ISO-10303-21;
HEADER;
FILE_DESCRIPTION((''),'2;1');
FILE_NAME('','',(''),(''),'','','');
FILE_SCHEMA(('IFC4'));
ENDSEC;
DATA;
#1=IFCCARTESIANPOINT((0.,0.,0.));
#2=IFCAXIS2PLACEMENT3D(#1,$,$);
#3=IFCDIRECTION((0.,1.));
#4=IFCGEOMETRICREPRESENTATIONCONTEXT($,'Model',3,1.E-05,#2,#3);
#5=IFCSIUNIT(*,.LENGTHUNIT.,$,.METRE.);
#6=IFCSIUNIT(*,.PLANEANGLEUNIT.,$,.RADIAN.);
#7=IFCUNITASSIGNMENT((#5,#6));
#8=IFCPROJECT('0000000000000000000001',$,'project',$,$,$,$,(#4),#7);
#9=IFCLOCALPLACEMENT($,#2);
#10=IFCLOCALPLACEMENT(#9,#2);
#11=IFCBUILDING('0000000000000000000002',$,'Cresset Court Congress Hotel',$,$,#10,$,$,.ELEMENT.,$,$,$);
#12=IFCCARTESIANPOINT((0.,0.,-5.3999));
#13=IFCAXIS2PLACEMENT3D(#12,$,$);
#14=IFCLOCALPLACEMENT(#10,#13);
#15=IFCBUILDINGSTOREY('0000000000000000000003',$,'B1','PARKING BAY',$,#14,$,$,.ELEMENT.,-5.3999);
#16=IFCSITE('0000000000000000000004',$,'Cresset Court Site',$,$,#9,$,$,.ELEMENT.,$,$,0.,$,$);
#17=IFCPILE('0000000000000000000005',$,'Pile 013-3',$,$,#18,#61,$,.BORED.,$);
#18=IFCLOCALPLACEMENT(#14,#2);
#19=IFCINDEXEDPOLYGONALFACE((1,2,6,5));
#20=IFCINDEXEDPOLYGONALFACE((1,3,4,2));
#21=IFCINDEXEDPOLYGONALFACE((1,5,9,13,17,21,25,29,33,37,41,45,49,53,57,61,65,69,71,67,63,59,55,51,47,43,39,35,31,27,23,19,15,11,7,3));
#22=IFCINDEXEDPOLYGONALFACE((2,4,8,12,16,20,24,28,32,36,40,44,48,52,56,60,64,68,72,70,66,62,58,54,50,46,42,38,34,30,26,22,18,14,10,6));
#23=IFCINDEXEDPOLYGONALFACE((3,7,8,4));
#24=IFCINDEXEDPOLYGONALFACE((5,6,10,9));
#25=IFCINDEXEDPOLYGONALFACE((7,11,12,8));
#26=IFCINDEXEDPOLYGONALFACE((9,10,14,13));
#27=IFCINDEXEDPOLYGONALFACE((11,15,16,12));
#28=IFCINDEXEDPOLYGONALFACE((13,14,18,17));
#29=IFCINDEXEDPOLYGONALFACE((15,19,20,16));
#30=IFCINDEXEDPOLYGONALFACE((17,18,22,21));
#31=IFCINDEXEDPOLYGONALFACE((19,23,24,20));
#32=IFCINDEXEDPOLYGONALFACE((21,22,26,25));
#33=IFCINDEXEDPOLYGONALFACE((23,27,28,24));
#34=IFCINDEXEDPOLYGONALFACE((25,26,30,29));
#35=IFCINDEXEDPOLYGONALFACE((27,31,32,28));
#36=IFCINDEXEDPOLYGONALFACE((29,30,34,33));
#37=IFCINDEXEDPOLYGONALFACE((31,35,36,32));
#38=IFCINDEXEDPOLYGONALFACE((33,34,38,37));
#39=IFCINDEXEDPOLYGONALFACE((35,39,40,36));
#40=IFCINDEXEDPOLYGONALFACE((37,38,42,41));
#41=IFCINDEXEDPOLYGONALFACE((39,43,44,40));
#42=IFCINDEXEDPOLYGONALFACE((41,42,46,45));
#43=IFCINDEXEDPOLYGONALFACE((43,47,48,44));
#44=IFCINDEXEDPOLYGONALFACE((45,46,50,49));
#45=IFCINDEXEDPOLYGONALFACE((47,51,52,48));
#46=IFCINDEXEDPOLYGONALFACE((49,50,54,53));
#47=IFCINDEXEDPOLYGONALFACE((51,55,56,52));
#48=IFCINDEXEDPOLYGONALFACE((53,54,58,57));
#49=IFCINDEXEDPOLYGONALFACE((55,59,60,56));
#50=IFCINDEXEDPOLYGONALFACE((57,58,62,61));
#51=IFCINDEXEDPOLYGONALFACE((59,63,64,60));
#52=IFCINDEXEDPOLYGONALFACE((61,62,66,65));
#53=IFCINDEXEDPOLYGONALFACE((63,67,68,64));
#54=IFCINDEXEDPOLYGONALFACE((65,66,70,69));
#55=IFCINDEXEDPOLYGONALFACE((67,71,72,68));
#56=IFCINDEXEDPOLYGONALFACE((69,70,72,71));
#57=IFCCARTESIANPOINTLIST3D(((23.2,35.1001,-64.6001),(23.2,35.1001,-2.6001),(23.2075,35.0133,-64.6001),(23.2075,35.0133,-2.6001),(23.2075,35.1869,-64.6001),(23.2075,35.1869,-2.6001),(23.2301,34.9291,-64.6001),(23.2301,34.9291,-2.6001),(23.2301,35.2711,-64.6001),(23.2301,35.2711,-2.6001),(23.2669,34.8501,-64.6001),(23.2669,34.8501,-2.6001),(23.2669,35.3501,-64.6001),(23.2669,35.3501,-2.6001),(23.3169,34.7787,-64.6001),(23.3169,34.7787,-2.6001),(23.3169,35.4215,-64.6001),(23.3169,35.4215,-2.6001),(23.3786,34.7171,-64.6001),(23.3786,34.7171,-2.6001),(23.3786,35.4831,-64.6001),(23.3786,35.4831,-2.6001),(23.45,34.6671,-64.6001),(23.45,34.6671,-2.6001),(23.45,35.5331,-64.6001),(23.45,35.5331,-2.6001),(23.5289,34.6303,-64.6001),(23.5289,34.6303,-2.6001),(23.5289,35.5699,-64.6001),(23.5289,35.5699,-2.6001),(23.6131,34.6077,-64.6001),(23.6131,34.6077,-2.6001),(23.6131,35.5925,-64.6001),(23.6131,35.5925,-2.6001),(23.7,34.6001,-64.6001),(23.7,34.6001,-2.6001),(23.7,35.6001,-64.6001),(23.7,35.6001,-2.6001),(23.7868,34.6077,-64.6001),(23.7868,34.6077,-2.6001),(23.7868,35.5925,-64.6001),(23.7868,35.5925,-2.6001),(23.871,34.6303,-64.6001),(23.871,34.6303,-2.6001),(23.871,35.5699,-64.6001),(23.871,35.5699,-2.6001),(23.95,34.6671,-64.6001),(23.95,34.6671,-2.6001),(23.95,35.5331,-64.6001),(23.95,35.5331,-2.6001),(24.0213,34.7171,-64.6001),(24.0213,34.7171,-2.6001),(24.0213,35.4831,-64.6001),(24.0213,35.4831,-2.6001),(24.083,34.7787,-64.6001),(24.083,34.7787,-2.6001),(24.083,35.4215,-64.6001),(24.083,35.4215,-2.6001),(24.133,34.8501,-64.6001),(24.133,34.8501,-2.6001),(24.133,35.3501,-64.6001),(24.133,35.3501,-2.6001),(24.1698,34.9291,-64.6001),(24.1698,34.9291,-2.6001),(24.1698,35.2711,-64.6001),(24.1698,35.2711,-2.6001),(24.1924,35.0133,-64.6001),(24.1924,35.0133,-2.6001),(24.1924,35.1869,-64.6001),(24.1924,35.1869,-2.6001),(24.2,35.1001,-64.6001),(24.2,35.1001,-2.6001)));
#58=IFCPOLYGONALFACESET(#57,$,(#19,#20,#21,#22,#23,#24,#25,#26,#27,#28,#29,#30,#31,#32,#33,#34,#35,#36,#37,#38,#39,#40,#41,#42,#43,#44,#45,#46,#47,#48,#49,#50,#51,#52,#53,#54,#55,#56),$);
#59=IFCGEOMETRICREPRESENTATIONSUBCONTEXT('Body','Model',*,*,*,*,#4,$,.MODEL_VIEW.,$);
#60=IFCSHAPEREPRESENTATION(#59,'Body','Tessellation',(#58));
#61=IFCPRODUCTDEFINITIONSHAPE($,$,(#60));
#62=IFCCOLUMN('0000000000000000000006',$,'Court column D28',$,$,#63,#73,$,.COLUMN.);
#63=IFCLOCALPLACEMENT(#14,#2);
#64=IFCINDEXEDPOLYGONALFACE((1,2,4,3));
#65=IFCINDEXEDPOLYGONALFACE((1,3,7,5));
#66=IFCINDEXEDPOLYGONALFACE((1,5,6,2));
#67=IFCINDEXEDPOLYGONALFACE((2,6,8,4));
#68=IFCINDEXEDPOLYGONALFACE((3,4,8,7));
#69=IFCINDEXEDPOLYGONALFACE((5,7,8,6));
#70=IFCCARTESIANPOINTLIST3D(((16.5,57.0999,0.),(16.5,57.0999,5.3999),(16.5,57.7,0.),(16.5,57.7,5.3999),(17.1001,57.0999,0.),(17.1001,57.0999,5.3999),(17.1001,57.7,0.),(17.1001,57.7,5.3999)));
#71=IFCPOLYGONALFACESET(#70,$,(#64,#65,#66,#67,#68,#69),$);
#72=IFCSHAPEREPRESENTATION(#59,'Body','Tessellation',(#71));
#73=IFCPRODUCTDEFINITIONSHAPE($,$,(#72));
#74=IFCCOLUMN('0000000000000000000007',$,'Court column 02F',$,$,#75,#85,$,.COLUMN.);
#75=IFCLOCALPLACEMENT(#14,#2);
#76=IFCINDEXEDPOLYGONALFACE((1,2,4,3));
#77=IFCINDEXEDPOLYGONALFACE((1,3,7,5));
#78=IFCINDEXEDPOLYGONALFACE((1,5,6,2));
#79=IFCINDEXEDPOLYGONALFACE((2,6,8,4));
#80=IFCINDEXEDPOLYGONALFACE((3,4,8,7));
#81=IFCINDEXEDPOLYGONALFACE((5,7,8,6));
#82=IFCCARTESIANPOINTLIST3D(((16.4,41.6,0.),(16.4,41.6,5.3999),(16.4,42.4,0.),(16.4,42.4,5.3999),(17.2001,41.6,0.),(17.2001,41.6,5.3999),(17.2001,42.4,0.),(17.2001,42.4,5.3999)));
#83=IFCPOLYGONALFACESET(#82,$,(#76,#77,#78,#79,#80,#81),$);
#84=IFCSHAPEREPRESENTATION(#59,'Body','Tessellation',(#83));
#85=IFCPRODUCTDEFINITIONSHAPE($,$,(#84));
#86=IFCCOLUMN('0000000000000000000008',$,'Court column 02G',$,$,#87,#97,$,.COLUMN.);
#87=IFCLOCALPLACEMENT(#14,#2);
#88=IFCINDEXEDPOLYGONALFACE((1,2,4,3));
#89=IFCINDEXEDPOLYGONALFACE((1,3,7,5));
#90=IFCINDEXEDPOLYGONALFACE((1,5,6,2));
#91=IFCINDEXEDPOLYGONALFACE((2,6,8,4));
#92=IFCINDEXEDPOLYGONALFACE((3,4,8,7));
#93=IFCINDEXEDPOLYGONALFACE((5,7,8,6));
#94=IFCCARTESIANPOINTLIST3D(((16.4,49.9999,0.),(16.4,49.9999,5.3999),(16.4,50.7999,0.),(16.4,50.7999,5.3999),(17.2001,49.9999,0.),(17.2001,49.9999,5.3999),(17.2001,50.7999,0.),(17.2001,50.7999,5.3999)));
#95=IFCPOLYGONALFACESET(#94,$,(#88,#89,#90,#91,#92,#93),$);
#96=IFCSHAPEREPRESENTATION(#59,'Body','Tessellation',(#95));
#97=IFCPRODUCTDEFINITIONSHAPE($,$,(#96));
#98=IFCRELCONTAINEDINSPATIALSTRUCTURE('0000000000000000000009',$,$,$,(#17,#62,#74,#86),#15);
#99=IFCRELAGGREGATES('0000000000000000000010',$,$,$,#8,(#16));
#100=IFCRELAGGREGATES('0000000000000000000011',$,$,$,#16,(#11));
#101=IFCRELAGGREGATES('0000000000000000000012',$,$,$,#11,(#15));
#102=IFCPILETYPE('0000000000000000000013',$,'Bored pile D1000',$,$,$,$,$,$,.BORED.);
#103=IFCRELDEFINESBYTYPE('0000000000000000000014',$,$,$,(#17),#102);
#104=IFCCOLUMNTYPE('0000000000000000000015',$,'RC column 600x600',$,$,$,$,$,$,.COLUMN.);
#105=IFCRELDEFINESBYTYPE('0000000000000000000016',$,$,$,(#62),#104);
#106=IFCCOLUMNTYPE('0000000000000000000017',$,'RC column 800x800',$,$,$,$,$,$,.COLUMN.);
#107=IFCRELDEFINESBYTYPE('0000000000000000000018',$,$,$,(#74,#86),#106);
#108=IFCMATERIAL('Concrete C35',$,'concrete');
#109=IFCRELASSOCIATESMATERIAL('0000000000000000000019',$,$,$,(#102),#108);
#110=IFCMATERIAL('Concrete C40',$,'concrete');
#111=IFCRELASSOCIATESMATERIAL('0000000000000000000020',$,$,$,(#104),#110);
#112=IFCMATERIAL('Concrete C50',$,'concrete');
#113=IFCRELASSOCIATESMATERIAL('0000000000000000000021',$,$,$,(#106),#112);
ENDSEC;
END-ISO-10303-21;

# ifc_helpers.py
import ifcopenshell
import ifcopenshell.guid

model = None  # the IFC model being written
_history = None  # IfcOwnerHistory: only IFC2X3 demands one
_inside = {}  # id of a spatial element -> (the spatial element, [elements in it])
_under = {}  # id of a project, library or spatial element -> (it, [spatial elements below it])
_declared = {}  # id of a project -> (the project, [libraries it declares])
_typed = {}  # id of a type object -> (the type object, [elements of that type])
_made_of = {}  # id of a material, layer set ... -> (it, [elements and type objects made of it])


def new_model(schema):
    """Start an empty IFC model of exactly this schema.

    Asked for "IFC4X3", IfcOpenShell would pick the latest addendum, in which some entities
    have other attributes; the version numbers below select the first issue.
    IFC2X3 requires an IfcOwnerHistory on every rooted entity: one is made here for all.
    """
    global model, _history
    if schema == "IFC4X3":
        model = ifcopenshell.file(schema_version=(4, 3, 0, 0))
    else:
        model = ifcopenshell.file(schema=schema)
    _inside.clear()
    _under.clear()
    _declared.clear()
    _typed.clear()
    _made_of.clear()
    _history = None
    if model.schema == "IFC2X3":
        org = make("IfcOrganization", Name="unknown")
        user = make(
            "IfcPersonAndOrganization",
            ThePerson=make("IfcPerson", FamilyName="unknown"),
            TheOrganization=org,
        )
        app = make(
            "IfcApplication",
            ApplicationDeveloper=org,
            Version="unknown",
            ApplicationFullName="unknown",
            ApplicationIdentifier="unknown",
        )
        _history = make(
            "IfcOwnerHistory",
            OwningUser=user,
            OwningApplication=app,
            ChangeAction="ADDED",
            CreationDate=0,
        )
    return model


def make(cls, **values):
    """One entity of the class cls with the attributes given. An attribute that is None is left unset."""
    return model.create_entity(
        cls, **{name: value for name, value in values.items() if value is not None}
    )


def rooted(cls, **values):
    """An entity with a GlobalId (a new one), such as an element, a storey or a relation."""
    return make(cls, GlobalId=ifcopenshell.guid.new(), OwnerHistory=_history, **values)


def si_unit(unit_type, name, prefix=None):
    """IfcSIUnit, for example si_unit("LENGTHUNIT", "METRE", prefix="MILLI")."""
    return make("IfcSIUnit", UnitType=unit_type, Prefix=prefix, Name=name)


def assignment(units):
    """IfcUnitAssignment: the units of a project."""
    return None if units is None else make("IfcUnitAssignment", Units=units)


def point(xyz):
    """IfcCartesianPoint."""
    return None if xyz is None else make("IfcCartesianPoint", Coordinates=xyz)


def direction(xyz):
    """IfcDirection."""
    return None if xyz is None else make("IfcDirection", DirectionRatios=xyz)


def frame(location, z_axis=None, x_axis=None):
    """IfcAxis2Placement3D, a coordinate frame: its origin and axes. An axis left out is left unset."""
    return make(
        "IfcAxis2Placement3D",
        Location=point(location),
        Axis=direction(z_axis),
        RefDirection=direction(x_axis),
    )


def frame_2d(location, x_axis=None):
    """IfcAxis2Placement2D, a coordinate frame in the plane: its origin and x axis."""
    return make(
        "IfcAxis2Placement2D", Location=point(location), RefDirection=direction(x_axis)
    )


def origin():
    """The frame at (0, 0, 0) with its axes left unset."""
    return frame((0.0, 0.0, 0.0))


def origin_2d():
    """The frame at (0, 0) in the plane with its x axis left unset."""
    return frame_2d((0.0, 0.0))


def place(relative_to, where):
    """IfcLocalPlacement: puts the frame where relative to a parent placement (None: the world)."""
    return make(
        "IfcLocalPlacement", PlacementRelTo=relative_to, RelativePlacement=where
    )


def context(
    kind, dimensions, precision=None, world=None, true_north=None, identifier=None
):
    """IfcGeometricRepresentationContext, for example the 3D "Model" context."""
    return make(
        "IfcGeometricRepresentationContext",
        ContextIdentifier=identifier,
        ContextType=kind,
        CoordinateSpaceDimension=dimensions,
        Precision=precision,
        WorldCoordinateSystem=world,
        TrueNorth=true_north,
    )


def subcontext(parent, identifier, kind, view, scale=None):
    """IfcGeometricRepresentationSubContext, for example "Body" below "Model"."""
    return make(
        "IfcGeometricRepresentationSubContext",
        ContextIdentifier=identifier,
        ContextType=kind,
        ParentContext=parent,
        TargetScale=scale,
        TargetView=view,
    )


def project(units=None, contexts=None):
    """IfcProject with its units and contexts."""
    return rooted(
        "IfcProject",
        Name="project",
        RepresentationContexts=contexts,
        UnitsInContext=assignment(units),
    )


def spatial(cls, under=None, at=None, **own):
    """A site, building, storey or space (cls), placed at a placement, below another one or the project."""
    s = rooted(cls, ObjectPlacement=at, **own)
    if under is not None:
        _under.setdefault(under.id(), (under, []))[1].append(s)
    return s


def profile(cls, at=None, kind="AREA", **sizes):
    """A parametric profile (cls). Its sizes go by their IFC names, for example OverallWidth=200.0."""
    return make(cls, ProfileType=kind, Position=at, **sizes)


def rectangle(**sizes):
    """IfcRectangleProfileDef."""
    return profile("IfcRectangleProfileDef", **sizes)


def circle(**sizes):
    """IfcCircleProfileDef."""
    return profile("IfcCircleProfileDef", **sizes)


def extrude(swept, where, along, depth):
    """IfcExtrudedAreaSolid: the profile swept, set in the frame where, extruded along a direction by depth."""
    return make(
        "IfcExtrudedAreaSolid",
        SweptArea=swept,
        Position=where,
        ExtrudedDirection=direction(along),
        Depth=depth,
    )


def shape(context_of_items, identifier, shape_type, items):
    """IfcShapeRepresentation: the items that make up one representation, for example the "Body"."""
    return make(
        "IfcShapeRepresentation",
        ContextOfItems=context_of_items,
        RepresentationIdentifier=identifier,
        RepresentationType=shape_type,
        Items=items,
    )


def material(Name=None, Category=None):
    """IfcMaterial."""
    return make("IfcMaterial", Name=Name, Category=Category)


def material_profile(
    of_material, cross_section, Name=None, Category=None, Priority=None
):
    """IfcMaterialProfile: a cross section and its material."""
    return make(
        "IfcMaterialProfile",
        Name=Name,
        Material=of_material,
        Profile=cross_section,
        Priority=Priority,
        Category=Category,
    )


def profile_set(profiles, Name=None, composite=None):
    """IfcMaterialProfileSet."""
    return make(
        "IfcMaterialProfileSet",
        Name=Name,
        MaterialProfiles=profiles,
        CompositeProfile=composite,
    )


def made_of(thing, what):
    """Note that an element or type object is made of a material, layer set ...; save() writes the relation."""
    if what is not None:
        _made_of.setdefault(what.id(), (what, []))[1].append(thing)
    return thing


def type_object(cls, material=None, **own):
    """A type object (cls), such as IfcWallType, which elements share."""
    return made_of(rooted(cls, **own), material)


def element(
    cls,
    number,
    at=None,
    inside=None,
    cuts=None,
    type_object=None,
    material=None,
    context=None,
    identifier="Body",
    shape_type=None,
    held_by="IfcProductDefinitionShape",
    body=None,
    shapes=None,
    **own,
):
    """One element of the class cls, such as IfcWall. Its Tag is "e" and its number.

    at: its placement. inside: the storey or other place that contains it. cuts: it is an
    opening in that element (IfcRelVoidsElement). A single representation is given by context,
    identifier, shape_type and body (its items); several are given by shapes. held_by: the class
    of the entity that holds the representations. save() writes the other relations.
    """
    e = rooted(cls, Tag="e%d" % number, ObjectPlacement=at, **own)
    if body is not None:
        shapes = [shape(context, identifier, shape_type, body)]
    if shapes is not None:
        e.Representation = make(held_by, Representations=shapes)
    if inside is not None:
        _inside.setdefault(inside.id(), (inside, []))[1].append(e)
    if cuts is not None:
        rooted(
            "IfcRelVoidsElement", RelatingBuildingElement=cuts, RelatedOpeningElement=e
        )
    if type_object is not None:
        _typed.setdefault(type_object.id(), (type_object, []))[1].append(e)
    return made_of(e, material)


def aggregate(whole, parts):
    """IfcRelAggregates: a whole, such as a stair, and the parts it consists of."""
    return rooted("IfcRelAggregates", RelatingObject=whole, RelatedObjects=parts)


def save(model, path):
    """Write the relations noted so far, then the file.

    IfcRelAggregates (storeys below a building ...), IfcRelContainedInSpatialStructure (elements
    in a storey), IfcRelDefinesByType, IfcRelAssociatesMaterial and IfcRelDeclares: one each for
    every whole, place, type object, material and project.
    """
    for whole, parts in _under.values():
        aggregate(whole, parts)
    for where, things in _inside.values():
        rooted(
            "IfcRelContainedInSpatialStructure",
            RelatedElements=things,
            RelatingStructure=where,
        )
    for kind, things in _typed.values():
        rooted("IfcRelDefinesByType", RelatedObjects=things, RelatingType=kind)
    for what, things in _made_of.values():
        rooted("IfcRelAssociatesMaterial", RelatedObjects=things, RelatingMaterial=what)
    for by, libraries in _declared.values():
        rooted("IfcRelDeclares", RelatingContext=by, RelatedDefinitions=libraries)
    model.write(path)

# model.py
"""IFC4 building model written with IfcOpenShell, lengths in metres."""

from ifc_helpers import new_model, si_unit, direction, frame, origin, origin_2d, place, context, subcontext, project, spatial, rectangle, circle, extrude, material, material_profile, profile_set, type_object, element, save


model = new_model("IFC4")

# Units and contexts
model_context = context("Model", 3, precision=1e-05, world=origin(), true_north=direction((0.0, 1.0)))
body_context = subcontext(model_context, "Body", "Model", "MODEL_VIEW")
ifc_project = project(units=[si_unit("LENGTHUNIT", "METRE"), si_unit("PLANEANGLEUNIT", "RADIAN")], contexts=[model_context])

# Site, building, storey
site_placement = place(None, origin())
site = spatial("IfcSite", under=ifc_project, at=site_placement, Name="Cresset Court Site", CompositionType="ELEMENT", RefElevation=0.0)
building_placement = place(site_placement, origin())
building = spatial("IfcBuilding", under=site, at=building_placement, Name="Cresset Court Congress Hotel", CompositionType="ELEMENT")
storey_placement = place(building_placement, frame((0.0, 0.0, -5.3999)))
storey = spatial("IfcBuildingStorey", under=building, at=storey_placement, Name="B1", Description="PARKING BAY", CompositionType="ELEMENT", Elevation=-5.3999)

# Pile
ifc_material_1 = material(Name="Concrete C35", Category="concrete")
pile_type = type_object("IfcPileType", Name="Bored pile D1000", PredefinedType="BORED", material=ifc_material_1)
for number, where, z_axis, x_axis, name in (
    (1, (23.7, 35.1001, -2.6001), (0.0, 0.0, -1.0), (1.0, 0.0, 0.0), "Pile 013-3"),
):
    element("IfcPile", number, at=place(storey_placement, frame(where, z_axis=z_axis, x_axis=x_axis)), inside=storey, type_object=pile_type, Name=name, PredefinedType="BORED", context=body_context, shape_type="SweptSolid", body=[
        extrude(circle(Radius=0.5, at=origin_2d()), origin(), (0.0, 0.0, 1.0), 62.0),
    ])

# Columns
ifc_material_2 = material(Name="Concrete C40", Category="concrete")
ifc_material_profile_1 = material_profile(ifc_material_2, rectangle(XDim=0.6001, YDim=0.6001, at=origin_2d()), Name="RC600x600")
ifc_profile_set_1 = profile_set([ifc_material_profile_1], Name="Concrete C40")
column_type_1 = type_object("IfcColumnType", Name="RC column 600x600", PredefinedType="COLUMN", material=ifc_profile_set_1)
column_placement = place(storey_placement, frame((16.8, 57.3999, 0.0), z_axis=(0.0, 0.0, 1.0), x_axis=(1.0, 0.0, 0.0)))
element("IfcColumn", 2, at=column_placement, inside=storey, type_object=column_type_1, Name="Court column D28", PredefinedType="COLUMN", context=body_context, shape_type="SweptSolid", body=[
    extrude(rectangle(XDim=0.6001, YDim=0.6001, at=origin_2d()), origin(), (0.0, 0.0, 1.0), 5.3999),
])
ifc_material_3 = material(Name="Concrete C50", Category="concrete")
ifc_material_profile_2 = material_profile(ifc_material_3, rectangle(XDim=0.8, YDim=0.8, at=origin_2d()), Name="RC800x800")
ifc_profile_set_2 = profile_set([ifc_material_profile_2], Name="Concrete C50")
column_type_2 = type_object("IfcColumnType", Name="RC column 800x800", PredefinedType="COLUMN", material=ifc_profile_set_2)
for number, where, z_axis, x_axis, name in (
    (3, (16.8, 42.0, 0.0), (0.0, 0.0, 1.0), (1.0, 0.0, 0.0), "Court column 02F"),
    (4, (16.8, 50.3999, 0.0), (0.0, 0.0, 1.0), (1.0, 0.0, 0.0), "Court column 02G"),
):
    element("IfcColumn", number, at=place(storey_placement, frame(where, z_axis=z_axis, x_axis=x_axis)), inside=storey, type_object=column_type_2, Name=name, PredefinedType="COLUMN", context=body_context, shape_type="SweptSolid", body=[
        extrude(rectangle(XDim=0.8, YDim=0.8, at=origin_2d()), origin(), (0.0, 0.0, 1.0), 5.3999),
    ])

save(model, "model.ifc")
